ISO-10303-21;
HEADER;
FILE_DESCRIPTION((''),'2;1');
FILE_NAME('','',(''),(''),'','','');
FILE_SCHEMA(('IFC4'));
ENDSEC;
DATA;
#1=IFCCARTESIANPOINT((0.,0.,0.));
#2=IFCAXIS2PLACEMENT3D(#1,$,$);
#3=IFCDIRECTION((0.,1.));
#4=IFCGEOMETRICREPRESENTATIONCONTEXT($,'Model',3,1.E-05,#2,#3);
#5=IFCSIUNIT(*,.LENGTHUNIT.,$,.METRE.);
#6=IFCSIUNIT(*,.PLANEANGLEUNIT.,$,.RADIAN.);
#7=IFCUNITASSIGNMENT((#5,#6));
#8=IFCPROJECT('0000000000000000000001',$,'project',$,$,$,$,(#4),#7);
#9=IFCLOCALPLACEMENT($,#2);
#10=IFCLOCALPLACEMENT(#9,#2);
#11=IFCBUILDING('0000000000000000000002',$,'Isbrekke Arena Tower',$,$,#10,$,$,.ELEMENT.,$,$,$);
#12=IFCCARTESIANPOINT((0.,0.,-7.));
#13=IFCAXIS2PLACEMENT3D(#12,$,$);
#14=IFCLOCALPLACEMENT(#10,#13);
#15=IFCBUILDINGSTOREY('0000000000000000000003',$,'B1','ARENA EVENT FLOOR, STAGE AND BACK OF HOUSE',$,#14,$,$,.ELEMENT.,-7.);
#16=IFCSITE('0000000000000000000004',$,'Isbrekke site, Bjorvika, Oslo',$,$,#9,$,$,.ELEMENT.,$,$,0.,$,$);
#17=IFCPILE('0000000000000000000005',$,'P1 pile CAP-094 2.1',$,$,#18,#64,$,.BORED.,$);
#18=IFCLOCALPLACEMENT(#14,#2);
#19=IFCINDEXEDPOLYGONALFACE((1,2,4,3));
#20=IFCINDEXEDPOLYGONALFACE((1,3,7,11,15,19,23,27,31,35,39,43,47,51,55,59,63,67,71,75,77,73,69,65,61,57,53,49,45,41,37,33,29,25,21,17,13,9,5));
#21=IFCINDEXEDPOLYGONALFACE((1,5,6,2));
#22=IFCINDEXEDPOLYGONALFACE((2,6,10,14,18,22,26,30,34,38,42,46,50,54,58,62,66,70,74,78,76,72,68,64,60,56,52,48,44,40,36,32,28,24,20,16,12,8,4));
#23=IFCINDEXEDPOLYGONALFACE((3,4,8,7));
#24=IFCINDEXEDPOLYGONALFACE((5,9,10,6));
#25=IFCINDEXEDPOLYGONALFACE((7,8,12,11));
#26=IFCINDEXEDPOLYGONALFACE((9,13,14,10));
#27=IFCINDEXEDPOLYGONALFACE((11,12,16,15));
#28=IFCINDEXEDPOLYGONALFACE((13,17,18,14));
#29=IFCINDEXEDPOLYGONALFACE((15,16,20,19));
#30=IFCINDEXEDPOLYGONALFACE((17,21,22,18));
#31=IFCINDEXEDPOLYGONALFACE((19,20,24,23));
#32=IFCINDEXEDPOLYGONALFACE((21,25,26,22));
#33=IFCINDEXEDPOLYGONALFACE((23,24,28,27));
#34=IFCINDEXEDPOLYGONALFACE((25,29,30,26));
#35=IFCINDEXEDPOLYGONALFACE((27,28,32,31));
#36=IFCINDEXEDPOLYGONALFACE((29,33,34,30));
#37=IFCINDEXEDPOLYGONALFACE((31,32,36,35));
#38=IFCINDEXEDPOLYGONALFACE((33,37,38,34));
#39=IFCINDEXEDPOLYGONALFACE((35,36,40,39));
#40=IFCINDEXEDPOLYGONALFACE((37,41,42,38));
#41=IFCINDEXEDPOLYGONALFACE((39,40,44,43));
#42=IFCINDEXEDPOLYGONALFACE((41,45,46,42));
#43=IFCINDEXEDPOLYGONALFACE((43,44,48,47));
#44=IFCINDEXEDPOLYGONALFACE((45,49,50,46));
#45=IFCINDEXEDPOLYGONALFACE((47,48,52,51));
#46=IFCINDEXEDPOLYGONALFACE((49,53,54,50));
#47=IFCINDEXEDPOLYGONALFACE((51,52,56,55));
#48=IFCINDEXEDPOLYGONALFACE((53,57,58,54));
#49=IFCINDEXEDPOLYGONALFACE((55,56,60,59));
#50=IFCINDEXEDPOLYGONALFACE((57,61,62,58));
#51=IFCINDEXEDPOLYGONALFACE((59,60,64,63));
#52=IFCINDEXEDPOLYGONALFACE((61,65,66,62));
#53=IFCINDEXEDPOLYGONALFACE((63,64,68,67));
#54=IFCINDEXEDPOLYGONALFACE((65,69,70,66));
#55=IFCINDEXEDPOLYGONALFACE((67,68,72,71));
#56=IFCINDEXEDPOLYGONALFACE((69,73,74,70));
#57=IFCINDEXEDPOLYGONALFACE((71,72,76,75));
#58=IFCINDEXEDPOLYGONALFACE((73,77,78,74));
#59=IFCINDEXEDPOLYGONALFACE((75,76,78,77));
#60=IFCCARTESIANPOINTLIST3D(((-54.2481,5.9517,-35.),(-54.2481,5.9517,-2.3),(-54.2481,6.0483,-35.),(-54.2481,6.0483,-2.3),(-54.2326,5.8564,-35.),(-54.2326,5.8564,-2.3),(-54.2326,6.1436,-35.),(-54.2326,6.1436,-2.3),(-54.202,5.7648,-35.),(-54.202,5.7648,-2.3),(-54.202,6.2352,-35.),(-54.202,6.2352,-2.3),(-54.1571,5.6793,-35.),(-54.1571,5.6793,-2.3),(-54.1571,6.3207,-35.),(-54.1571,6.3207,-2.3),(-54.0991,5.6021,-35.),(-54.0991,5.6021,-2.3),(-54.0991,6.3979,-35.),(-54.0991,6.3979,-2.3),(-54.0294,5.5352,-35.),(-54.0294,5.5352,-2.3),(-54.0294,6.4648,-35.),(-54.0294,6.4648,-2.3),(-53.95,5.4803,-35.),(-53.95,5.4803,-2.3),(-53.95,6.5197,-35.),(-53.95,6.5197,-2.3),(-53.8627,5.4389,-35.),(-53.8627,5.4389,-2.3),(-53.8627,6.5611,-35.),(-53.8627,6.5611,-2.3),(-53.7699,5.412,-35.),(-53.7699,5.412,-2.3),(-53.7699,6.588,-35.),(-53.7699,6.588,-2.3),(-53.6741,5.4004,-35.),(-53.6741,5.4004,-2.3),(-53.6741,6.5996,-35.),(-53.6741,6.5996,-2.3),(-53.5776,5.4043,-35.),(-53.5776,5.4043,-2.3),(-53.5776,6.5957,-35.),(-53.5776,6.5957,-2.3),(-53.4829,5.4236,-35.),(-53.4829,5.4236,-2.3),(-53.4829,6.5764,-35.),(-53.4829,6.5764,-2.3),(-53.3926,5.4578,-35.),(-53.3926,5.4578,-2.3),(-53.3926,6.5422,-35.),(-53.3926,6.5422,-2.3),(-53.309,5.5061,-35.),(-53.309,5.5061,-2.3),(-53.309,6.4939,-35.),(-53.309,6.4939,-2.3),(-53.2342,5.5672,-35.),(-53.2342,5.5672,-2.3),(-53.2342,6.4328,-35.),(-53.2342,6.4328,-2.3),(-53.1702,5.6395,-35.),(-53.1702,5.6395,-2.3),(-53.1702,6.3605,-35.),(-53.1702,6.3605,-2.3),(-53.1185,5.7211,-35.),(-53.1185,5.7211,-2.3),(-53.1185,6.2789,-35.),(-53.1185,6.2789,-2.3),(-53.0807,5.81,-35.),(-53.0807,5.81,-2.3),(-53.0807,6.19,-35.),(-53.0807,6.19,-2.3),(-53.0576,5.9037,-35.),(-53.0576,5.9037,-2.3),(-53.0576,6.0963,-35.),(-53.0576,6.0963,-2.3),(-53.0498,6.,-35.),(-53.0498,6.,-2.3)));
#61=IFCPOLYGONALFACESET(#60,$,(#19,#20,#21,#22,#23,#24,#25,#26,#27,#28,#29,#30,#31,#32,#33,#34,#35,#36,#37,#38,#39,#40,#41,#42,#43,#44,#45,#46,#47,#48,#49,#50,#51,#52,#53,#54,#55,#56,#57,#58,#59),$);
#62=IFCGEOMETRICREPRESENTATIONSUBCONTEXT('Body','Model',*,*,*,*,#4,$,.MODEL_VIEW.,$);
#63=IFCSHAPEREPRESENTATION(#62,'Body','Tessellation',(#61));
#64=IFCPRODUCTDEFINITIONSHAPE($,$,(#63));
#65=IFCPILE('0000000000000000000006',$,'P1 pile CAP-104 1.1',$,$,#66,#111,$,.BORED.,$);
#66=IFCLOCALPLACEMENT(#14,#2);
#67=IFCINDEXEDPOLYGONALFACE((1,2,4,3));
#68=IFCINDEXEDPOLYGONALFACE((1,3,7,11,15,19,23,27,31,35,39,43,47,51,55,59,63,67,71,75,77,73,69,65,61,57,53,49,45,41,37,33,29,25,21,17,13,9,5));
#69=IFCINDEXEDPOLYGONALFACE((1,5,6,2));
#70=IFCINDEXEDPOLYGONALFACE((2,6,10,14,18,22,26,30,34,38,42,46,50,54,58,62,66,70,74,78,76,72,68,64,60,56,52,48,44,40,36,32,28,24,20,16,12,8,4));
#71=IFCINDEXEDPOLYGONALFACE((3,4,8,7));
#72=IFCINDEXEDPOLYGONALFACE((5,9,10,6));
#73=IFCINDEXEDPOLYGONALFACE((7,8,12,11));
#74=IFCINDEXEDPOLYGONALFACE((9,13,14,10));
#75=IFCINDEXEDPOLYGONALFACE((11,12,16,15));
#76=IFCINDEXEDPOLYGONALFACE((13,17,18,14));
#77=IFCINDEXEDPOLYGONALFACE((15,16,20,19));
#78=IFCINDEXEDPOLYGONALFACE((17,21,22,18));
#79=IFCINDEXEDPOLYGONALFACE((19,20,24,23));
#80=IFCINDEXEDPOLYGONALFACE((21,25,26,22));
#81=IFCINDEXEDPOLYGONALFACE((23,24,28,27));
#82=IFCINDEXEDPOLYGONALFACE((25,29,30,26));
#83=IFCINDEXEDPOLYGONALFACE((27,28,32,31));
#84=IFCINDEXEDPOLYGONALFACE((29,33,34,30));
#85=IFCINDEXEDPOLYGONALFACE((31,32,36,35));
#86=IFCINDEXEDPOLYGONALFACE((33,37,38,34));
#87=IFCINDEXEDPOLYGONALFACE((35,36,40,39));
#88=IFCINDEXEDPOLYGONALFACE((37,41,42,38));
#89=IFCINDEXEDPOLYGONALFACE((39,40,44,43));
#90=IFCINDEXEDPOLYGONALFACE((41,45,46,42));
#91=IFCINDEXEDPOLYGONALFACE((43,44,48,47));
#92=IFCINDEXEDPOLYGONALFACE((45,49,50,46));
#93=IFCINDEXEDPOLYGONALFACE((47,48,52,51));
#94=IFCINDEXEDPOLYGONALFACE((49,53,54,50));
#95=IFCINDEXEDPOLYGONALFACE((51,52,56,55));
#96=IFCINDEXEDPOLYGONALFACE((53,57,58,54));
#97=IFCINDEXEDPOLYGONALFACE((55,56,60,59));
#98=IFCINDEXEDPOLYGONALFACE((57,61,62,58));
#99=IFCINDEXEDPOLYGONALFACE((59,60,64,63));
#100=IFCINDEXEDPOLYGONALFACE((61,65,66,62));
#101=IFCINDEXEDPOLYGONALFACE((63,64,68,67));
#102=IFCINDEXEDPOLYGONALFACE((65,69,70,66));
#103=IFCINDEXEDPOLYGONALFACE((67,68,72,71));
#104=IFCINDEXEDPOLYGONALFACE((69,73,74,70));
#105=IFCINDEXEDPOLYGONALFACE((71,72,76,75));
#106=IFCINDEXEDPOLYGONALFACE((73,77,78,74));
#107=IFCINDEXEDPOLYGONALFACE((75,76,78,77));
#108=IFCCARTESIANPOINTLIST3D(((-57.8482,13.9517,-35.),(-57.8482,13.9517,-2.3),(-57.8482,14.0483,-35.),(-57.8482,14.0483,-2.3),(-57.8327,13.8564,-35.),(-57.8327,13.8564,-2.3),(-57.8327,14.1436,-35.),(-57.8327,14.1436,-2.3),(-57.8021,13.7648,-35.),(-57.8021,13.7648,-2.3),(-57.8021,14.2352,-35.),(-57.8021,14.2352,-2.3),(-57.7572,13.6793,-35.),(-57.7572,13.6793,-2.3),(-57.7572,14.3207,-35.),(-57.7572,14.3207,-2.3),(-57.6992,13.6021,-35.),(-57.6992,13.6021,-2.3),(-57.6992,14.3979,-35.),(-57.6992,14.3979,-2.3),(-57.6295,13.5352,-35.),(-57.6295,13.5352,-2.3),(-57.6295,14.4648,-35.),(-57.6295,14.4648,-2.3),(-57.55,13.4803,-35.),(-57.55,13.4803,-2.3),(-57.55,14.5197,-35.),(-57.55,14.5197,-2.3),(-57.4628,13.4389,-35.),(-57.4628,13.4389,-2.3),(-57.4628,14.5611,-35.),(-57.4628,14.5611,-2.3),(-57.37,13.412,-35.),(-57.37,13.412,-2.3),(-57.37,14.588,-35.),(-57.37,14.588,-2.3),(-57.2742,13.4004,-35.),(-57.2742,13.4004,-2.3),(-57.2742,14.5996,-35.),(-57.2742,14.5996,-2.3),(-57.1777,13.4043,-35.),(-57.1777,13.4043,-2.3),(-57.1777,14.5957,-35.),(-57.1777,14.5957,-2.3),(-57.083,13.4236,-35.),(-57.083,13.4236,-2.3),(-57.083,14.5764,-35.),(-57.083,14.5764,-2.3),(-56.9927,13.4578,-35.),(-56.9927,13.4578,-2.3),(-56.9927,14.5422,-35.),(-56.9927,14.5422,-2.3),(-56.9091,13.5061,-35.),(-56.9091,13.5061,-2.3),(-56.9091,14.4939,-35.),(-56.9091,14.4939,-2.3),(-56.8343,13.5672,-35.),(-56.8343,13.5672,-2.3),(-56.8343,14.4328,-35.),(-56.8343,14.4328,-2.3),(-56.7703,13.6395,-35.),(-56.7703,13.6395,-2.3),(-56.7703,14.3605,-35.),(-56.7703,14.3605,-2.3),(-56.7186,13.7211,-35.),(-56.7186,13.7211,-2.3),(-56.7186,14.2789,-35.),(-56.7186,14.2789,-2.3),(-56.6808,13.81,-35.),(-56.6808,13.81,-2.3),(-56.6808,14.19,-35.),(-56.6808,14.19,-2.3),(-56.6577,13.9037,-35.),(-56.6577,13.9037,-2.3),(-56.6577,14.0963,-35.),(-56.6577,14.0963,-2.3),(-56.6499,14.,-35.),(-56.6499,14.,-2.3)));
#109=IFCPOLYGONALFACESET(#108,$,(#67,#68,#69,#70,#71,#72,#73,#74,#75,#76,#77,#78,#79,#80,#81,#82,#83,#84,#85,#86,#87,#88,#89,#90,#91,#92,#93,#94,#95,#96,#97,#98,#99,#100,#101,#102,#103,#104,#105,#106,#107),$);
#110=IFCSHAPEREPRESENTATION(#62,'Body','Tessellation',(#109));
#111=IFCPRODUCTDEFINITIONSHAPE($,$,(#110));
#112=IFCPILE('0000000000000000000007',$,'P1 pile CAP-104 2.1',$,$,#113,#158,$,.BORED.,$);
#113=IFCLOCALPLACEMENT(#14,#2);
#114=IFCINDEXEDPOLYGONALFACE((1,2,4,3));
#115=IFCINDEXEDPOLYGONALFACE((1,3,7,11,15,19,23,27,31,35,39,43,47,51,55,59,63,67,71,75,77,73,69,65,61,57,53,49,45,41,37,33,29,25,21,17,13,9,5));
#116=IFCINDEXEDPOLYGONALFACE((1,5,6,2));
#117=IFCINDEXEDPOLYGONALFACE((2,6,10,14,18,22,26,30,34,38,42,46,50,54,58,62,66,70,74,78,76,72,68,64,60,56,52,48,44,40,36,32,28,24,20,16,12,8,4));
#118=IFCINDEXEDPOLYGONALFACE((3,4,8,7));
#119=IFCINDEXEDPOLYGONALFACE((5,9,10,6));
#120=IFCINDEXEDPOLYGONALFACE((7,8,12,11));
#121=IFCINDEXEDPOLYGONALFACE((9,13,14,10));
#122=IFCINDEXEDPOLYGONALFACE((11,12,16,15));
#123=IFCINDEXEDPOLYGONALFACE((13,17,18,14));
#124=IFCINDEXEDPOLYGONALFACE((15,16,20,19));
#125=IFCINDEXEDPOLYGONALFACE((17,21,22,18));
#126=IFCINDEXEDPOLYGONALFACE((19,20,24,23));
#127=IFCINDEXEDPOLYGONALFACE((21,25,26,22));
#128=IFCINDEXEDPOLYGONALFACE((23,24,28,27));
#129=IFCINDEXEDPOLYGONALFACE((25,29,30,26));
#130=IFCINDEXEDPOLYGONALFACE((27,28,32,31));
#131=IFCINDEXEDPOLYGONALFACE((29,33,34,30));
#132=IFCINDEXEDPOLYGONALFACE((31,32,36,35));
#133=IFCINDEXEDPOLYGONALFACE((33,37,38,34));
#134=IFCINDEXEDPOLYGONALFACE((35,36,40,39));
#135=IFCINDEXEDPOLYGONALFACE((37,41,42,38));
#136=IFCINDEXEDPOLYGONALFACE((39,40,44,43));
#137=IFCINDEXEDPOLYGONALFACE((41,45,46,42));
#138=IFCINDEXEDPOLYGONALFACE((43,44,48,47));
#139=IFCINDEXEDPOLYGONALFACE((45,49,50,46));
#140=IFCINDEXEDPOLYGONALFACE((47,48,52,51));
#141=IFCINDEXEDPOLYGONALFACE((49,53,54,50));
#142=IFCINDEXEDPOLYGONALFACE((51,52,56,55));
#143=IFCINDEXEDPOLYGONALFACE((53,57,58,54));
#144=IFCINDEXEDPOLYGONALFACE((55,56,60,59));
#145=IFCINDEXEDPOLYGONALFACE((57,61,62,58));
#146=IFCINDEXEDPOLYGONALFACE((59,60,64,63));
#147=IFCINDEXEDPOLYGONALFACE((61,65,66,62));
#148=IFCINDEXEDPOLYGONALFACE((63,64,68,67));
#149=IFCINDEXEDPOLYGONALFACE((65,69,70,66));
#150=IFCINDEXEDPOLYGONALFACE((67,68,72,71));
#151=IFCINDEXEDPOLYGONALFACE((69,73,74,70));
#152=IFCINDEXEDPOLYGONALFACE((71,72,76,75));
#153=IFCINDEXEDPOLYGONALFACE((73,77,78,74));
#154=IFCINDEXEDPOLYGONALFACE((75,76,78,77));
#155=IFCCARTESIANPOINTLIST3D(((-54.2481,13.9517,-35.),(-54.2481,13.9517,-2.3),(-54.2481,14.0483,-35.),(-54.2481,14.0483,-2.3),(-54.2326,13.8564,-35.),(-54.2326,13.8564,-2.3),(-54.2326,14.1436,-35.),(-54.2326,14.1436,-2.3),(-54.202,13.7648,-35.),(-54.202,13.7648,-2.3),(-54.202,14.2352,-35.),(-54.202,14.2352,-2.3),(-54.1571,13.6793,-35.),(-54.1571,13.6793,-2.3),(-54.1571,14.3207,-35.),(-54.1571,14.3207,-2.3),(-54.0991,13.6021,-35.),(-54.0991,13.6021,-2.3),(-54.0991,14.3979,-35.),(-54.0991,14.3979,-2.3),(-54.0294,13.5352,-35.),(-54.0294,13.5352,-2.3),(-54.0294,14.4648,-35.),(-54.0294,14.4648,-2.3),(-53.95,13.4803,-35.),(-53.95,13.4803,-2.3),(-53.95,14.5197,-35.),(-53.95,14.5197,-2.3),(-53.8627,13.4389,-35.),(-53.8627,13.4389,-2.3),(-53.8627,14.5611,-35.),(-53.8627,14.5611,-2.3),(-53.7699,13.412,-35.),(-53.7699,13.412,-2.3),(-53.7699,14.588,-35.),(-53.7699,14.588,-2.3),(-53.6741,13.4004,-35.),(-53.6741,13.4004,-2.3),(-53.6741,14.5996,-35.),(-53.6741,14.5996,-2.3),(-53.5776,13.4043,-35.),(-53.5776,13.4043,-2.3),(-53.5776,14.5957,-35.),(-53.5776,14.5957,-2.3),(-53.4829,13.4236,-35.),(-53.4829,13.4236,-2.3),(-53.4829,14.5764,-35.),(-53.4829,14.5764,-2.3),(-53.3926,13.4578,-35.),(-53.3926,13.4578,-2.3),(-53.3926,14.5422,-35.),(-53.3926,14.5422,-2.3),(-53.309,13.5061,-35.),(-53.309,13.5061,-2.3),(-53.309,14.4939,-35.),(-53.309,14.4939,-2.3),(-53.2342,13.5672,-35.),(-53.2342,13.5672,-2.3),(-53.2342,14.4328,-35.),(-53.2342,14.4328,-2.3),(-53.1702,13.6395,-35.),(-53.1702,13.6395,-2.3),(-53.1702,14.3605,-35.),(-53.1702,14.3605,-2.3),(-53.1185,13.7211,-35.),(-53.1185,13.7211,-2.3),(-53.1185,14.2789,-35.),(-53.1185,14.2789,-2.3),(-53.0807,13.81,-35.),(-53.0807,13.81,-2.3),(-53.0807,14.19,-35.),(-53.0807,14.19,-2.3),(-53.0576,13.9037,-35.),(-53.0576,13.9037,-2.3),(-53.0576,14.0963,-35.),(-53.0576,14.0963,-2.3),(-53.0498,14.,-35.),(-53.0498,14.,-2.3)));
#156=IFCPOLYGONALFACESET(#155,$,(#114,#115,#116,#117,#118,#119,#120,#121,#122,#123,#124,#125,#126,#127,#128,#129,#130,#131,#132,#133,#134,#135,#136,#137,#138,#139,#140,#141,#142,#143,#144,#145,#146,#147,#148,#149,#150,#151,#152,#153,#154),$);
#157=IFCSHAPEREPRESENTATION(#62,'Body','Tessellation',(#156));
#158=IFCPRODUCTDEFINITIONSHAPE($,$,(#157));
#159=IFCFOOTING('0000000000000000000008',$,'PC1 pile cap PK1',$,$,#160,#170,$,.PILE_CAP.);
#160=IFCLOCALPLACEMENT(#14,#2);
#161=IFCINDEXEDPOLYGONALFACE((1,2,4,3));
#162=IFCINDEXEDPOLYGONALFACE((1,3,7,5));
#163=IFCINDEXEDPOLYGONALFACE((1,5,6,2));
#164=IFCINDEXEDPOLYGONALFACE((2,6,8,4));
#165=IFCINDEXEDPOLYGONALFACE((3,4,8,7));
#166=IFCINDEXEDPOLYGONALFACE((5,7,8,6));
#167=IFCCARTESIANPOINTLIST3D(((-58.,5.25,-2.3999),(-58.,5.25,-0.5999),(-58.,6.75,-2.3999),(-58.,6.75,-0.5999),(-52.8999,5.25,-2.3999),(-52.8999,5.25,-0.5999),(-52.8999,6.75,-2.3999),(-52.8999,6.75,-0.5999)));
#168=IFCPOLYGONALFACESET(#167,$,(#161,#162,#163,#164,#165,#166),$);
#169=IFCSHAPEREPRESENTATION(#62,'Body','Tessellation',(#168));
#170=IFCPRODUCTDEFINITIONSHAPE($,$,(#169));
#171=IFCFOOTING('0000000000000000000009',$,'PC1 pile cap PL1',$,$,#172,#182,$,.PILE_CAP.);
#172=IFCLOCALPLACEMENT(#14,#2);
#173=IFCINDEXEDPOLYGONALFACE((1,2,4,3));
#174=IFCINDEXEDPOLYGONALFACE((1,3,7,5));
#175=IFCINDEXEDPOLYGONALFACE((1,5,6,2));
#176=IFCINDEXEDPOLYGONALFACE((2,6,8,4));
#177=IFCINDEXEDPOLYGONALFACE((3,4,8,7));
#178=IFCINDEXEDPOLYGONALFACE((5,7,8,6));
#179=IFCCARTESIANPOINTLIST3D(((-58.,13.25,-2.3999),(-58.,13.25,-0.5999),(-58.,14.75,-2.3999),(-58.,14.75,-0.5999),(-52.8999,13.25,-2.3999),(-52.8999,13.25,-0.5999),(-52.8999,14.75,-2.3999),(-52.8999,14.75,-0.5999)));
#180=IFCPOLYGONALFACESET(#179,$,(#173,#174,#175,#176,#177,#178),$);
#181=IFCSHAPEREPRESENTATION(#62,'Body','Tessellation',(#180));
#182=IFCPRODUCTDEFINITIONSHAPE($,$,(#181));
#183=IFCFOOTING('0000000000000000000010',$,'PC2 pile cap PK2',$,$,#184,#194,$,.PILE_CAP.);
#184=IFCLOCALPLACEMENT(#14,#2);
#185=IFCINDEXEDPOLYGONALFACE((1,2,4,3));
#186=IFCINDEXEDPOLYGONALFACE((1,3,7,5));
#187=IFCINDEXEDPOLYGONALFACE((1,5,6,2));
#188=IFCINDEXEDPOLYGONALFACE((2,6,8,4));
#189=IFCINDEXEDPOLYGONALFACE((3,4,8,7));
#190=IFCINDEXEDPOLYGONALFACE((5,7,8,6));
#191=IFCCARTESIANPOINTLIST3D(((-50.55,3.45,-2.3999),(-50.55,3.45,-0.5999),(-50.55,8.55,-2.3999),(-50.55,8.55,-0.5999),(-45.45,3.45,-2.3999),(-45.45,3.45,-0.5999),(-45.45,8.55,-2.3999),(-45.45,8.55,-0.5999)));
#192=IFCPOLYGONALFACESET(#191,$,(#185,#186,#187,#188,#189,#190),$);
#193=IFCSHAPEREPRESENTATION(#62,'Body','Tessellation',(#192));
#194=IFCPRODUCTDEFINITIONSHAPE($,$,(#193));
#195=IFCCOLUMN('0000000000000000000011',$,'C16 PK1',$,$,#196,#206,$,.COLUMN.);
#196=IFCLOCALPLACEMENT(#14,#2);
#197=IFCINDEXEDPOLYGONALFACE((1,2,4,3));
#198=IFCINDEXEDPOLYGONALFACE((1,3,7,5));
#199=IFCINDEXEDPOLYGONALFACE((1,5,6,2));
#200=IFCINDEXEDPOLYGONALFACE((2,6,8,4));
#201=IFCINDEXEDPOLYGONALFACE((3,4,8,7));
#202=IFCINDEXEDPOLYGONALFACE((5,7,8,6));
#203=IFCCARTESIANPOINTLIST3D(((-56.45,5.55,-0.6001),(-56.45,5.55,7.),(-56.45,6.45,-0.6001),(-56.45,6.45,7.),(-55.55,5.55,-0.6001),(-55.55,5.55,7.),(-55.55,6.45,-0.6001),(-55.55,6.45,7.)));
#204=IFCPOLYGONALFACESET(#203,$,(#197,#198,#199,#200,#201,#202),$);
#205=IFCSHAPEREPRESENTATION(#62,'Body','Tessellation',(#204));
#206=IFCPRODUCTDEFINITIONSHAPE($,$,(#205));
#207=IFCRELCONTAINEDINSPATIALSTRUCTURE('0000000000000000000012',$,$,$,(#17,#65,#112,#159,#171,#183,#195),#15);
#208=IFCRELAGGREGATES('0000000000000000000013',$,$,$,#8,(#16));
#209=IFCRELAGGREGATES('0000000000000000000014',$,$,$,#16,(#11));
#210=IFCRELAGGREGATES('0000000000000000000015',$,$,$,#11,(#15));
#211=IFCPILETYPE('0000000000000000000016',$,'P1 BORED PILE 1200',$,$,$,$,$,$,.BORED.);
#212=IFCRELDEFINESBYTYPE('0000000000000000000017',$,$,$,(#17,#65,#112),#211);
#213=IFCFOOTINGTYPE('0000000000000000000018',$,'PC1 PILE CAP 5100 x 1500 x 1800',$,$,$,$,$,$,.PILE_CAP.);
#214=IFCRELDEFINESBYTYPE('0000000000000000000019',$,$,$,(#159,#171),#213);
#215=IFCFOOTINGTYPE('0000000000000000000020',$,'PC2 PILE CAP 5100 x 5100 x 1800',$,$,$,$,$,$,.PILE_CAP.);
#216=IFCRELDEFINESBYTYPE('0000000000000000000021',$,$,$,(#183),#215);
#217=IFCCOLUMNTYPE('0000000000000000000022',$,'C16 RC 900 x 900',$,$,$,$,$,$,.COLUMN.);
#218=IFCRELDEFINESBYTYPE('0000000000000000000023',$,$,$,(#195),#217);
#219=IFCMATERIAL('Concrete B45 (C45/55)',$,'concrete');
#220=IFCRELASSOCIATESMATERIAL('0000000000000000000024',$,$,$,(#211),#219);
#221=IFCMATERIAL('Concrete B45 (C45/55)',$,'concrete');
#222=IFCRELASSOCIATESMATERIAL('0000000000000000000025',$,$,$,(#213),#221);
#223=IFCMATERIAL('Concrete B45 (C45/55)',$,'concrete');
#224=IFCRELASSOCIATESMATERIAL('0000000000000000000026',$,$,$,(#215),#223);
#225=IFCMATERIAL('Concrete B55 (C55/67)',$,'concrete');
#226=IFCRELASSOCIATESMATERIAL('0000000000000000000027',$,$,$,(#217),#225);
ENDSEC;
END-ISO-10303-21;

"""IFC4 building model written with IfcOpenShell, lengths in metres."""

from ifc_helpers import new_model, si_unit, direction, frame, origin, origin_2d, place, context, subcontext, project, spatial, rectangle, circle, extrude, material, material_profile, profile_set, type_object, element, save


model = new_model("IFC4")

# Units and contexts
model_context = context("Model", 3, precision=1e-05, world=origin(), true_north=direction((0.0, 1.0)))
body_context = subcontext(model_context, "Body", "Model", "MODEL_VIEW")
ifc_project = project(units=[si_unit("LENGTHUNIT", "METRE"), si_unit("PLANEANGLEUNIT", "RADIAN")], contexts=[model_context])

# Site, building, storey
site_placement = place(None, origin())
site = spatial("IfcSite", under=ifc_project, at=site_placement, Name="Isbrekke site, Bjorvika, Oslo", CompositionType="ELEMENT", RefElevation=0.0)
building_placement = place(site_placement, origin())
building = spatial("IfcBuilding", under=site, at=building_placement, Name="Isbrekke Arena Tower", CompositionType="ELEMENT")
storey_placement = place(building_placement, frame((0.0, 0.0, -7.0)))
storey = spatial("IfcBuildingStorey", under=building, at=storey_placement, Name="B1", Description="ARENA EVENT FLOOR, STAGE AND BACK OF HOUSE", CompositionType="ELEMENT", Elevation=-7.0)

# Piles
ifc_material_1 = material(Name="Concrete B45 (C45/55)", Category="concrete")
ifc_material_profile_1 = material_profile(ifc_material_1, circle(Radius=0.6001, at=origin_2d()), Name="BORED PILE D1200")
ifc_profile_set_1 = profile_set([ifc_material_profile_1], Name="Concrete B45 (C45/55)")
pile_type = type_object("IfcPileType", Name="P1 BORED PILE 1200", PredefinedType="BORED", material=ifc_profile_set_1)
for number, where, z_axis, x_axis, name in (
    (1, (-53.6499, 6.0, -2.3), (0.0, 0.0, -1.0), (1.0, 0.0, 0.0), "P1 pile CAP-094 2.1"),
    (2, (-57.25, 14.0, -2.3), (0.0, 0.0, -1.0), (1.0, 0.0, 0.0), "P1 pile CAP-104 1.1"),
    (3, (-53.6499, 14.0, -2.3), (0.0, 0.0, -1.0), (1.0, 0.0, 0.0), "P1 pile CAP-104 2.1"),
):
    element("IfcPile", number, at=place(storey_placement, frame(where, z_axis=z_axis, x_axis=x_axis)), inside=storey, type_object=pile_type, Name=name, PredefinedType="BORED", context=body_context, shape_type="SweptSolid", body=[
        extrude(circle(Radius=0.6001, at=origin_2d()), origin(), (0.0, 0.0, 1.0), 32.7),
    ])

# Footings
ifc_material_2 = material(Name="Concrete B45 (C45/55)", Category="concrete")
footing_type_1 = type_object("IfcFootingType", Name="PC1 PILE CAP 5100 x 1500 x 1800", PredefinedType="PILE_CAP", material=ifc_material_2)
for number, where, z_axis, x_axis, name in (
    (4, (-55.45, 6.0, -2.3999), (0.0, 0.0, 1.0), (1.0, 0.0, 0.0), "PC1 pile cap PK1"),
    (5, (-55.45, 14.0, -2.3999), (0.0, 0.0, 1.0), (1.0, 0.0, 0.0), "PC1 pile cap PL1"),
):
    element("IfcFooting", number, at=place(storey_placement, frame(where, z_axis=z_axis, x_axis=x_axis)), inside=storey, type_object=footing_type_1, Name=name, PredefinedType="PILE_CAP", context=body_context, shape_type="SweptSolid", body=[
        extrude(rectangle(XDim=5.1001, YDim=1.5, at=origin_2d()), origin(), (0.0, 0.0, 1.0), 1.8),
    ])
ifc_material_3 = material(Name="Concrete B45 (C45/55)", Category="concrete")
footing_type_2 = type_object("IfcFootingType", Name="PC2 PILE CAP 5100 x 5100 x 1800", PredefinedType="PILE_CAP", material=ifc_material_3)
footing_placement = place(storey_placement, frame((-48.0, 6.0, -2.3999), z_axis=(0.0, 0.0, 1.0), x_axis=(1.0, 0.0, 0.0)))
element("IfcFooting", 6, at=footing_placement, inside=storey, type_object=footing_type_2, Name="PC2 pile cap PK2", PredefinedType="PILE_CAP", context=body_context, shape_type="SweptSolid", body=[
    extrude(rectangle(XDim=5.1001, YDim=5.1001, at=origin_2d()), origin(), (0.0, 0.0, 1.0), 1.8),
])

# Column
ifc_material_4 = material(Name="Concrete B55 (C55/67)", Category="concrete")
ifc_material_profile_2 = material_profile(ifc_material_4, rectangle(XDim=0.8999, YDim=0.8999, at=origin_2d()), Name="RC 900x900")
ifc_profile_set_2 = profile_set([ifc_material_profile_2], Name="Concrete B55 (C55/67)")
column_type_1 = type_object("IfcColumnType", Name="C16 RC 900 x 900", PredefinedType="COLUMN", material=ifc_profile_set_2)
for number, where, z_axis, x_axis, name in (
    (7, (-56.0, 6.0, -0.6001), (0.0, 0.0, 1.0), (1.0, 0.0, 0.0), "C16 PK1"),
):
    element("IfcColumn", number, at=place(storey_placement, frame(where, z_axis=z_axis, x_axis=x_axis)), inside=storey, type_object=column_type_1, Name=name, PredefinedType="COLUMN", context=body_context, shape_type="SweptSolid", body=[
        extrude(rectangle(XDim=0.8999, YDim=0.8999, at=origin_2d()), origin(), (0.0, 0.0, 1.0), 7.6001),
    ])

save(model, "model.ifc")
